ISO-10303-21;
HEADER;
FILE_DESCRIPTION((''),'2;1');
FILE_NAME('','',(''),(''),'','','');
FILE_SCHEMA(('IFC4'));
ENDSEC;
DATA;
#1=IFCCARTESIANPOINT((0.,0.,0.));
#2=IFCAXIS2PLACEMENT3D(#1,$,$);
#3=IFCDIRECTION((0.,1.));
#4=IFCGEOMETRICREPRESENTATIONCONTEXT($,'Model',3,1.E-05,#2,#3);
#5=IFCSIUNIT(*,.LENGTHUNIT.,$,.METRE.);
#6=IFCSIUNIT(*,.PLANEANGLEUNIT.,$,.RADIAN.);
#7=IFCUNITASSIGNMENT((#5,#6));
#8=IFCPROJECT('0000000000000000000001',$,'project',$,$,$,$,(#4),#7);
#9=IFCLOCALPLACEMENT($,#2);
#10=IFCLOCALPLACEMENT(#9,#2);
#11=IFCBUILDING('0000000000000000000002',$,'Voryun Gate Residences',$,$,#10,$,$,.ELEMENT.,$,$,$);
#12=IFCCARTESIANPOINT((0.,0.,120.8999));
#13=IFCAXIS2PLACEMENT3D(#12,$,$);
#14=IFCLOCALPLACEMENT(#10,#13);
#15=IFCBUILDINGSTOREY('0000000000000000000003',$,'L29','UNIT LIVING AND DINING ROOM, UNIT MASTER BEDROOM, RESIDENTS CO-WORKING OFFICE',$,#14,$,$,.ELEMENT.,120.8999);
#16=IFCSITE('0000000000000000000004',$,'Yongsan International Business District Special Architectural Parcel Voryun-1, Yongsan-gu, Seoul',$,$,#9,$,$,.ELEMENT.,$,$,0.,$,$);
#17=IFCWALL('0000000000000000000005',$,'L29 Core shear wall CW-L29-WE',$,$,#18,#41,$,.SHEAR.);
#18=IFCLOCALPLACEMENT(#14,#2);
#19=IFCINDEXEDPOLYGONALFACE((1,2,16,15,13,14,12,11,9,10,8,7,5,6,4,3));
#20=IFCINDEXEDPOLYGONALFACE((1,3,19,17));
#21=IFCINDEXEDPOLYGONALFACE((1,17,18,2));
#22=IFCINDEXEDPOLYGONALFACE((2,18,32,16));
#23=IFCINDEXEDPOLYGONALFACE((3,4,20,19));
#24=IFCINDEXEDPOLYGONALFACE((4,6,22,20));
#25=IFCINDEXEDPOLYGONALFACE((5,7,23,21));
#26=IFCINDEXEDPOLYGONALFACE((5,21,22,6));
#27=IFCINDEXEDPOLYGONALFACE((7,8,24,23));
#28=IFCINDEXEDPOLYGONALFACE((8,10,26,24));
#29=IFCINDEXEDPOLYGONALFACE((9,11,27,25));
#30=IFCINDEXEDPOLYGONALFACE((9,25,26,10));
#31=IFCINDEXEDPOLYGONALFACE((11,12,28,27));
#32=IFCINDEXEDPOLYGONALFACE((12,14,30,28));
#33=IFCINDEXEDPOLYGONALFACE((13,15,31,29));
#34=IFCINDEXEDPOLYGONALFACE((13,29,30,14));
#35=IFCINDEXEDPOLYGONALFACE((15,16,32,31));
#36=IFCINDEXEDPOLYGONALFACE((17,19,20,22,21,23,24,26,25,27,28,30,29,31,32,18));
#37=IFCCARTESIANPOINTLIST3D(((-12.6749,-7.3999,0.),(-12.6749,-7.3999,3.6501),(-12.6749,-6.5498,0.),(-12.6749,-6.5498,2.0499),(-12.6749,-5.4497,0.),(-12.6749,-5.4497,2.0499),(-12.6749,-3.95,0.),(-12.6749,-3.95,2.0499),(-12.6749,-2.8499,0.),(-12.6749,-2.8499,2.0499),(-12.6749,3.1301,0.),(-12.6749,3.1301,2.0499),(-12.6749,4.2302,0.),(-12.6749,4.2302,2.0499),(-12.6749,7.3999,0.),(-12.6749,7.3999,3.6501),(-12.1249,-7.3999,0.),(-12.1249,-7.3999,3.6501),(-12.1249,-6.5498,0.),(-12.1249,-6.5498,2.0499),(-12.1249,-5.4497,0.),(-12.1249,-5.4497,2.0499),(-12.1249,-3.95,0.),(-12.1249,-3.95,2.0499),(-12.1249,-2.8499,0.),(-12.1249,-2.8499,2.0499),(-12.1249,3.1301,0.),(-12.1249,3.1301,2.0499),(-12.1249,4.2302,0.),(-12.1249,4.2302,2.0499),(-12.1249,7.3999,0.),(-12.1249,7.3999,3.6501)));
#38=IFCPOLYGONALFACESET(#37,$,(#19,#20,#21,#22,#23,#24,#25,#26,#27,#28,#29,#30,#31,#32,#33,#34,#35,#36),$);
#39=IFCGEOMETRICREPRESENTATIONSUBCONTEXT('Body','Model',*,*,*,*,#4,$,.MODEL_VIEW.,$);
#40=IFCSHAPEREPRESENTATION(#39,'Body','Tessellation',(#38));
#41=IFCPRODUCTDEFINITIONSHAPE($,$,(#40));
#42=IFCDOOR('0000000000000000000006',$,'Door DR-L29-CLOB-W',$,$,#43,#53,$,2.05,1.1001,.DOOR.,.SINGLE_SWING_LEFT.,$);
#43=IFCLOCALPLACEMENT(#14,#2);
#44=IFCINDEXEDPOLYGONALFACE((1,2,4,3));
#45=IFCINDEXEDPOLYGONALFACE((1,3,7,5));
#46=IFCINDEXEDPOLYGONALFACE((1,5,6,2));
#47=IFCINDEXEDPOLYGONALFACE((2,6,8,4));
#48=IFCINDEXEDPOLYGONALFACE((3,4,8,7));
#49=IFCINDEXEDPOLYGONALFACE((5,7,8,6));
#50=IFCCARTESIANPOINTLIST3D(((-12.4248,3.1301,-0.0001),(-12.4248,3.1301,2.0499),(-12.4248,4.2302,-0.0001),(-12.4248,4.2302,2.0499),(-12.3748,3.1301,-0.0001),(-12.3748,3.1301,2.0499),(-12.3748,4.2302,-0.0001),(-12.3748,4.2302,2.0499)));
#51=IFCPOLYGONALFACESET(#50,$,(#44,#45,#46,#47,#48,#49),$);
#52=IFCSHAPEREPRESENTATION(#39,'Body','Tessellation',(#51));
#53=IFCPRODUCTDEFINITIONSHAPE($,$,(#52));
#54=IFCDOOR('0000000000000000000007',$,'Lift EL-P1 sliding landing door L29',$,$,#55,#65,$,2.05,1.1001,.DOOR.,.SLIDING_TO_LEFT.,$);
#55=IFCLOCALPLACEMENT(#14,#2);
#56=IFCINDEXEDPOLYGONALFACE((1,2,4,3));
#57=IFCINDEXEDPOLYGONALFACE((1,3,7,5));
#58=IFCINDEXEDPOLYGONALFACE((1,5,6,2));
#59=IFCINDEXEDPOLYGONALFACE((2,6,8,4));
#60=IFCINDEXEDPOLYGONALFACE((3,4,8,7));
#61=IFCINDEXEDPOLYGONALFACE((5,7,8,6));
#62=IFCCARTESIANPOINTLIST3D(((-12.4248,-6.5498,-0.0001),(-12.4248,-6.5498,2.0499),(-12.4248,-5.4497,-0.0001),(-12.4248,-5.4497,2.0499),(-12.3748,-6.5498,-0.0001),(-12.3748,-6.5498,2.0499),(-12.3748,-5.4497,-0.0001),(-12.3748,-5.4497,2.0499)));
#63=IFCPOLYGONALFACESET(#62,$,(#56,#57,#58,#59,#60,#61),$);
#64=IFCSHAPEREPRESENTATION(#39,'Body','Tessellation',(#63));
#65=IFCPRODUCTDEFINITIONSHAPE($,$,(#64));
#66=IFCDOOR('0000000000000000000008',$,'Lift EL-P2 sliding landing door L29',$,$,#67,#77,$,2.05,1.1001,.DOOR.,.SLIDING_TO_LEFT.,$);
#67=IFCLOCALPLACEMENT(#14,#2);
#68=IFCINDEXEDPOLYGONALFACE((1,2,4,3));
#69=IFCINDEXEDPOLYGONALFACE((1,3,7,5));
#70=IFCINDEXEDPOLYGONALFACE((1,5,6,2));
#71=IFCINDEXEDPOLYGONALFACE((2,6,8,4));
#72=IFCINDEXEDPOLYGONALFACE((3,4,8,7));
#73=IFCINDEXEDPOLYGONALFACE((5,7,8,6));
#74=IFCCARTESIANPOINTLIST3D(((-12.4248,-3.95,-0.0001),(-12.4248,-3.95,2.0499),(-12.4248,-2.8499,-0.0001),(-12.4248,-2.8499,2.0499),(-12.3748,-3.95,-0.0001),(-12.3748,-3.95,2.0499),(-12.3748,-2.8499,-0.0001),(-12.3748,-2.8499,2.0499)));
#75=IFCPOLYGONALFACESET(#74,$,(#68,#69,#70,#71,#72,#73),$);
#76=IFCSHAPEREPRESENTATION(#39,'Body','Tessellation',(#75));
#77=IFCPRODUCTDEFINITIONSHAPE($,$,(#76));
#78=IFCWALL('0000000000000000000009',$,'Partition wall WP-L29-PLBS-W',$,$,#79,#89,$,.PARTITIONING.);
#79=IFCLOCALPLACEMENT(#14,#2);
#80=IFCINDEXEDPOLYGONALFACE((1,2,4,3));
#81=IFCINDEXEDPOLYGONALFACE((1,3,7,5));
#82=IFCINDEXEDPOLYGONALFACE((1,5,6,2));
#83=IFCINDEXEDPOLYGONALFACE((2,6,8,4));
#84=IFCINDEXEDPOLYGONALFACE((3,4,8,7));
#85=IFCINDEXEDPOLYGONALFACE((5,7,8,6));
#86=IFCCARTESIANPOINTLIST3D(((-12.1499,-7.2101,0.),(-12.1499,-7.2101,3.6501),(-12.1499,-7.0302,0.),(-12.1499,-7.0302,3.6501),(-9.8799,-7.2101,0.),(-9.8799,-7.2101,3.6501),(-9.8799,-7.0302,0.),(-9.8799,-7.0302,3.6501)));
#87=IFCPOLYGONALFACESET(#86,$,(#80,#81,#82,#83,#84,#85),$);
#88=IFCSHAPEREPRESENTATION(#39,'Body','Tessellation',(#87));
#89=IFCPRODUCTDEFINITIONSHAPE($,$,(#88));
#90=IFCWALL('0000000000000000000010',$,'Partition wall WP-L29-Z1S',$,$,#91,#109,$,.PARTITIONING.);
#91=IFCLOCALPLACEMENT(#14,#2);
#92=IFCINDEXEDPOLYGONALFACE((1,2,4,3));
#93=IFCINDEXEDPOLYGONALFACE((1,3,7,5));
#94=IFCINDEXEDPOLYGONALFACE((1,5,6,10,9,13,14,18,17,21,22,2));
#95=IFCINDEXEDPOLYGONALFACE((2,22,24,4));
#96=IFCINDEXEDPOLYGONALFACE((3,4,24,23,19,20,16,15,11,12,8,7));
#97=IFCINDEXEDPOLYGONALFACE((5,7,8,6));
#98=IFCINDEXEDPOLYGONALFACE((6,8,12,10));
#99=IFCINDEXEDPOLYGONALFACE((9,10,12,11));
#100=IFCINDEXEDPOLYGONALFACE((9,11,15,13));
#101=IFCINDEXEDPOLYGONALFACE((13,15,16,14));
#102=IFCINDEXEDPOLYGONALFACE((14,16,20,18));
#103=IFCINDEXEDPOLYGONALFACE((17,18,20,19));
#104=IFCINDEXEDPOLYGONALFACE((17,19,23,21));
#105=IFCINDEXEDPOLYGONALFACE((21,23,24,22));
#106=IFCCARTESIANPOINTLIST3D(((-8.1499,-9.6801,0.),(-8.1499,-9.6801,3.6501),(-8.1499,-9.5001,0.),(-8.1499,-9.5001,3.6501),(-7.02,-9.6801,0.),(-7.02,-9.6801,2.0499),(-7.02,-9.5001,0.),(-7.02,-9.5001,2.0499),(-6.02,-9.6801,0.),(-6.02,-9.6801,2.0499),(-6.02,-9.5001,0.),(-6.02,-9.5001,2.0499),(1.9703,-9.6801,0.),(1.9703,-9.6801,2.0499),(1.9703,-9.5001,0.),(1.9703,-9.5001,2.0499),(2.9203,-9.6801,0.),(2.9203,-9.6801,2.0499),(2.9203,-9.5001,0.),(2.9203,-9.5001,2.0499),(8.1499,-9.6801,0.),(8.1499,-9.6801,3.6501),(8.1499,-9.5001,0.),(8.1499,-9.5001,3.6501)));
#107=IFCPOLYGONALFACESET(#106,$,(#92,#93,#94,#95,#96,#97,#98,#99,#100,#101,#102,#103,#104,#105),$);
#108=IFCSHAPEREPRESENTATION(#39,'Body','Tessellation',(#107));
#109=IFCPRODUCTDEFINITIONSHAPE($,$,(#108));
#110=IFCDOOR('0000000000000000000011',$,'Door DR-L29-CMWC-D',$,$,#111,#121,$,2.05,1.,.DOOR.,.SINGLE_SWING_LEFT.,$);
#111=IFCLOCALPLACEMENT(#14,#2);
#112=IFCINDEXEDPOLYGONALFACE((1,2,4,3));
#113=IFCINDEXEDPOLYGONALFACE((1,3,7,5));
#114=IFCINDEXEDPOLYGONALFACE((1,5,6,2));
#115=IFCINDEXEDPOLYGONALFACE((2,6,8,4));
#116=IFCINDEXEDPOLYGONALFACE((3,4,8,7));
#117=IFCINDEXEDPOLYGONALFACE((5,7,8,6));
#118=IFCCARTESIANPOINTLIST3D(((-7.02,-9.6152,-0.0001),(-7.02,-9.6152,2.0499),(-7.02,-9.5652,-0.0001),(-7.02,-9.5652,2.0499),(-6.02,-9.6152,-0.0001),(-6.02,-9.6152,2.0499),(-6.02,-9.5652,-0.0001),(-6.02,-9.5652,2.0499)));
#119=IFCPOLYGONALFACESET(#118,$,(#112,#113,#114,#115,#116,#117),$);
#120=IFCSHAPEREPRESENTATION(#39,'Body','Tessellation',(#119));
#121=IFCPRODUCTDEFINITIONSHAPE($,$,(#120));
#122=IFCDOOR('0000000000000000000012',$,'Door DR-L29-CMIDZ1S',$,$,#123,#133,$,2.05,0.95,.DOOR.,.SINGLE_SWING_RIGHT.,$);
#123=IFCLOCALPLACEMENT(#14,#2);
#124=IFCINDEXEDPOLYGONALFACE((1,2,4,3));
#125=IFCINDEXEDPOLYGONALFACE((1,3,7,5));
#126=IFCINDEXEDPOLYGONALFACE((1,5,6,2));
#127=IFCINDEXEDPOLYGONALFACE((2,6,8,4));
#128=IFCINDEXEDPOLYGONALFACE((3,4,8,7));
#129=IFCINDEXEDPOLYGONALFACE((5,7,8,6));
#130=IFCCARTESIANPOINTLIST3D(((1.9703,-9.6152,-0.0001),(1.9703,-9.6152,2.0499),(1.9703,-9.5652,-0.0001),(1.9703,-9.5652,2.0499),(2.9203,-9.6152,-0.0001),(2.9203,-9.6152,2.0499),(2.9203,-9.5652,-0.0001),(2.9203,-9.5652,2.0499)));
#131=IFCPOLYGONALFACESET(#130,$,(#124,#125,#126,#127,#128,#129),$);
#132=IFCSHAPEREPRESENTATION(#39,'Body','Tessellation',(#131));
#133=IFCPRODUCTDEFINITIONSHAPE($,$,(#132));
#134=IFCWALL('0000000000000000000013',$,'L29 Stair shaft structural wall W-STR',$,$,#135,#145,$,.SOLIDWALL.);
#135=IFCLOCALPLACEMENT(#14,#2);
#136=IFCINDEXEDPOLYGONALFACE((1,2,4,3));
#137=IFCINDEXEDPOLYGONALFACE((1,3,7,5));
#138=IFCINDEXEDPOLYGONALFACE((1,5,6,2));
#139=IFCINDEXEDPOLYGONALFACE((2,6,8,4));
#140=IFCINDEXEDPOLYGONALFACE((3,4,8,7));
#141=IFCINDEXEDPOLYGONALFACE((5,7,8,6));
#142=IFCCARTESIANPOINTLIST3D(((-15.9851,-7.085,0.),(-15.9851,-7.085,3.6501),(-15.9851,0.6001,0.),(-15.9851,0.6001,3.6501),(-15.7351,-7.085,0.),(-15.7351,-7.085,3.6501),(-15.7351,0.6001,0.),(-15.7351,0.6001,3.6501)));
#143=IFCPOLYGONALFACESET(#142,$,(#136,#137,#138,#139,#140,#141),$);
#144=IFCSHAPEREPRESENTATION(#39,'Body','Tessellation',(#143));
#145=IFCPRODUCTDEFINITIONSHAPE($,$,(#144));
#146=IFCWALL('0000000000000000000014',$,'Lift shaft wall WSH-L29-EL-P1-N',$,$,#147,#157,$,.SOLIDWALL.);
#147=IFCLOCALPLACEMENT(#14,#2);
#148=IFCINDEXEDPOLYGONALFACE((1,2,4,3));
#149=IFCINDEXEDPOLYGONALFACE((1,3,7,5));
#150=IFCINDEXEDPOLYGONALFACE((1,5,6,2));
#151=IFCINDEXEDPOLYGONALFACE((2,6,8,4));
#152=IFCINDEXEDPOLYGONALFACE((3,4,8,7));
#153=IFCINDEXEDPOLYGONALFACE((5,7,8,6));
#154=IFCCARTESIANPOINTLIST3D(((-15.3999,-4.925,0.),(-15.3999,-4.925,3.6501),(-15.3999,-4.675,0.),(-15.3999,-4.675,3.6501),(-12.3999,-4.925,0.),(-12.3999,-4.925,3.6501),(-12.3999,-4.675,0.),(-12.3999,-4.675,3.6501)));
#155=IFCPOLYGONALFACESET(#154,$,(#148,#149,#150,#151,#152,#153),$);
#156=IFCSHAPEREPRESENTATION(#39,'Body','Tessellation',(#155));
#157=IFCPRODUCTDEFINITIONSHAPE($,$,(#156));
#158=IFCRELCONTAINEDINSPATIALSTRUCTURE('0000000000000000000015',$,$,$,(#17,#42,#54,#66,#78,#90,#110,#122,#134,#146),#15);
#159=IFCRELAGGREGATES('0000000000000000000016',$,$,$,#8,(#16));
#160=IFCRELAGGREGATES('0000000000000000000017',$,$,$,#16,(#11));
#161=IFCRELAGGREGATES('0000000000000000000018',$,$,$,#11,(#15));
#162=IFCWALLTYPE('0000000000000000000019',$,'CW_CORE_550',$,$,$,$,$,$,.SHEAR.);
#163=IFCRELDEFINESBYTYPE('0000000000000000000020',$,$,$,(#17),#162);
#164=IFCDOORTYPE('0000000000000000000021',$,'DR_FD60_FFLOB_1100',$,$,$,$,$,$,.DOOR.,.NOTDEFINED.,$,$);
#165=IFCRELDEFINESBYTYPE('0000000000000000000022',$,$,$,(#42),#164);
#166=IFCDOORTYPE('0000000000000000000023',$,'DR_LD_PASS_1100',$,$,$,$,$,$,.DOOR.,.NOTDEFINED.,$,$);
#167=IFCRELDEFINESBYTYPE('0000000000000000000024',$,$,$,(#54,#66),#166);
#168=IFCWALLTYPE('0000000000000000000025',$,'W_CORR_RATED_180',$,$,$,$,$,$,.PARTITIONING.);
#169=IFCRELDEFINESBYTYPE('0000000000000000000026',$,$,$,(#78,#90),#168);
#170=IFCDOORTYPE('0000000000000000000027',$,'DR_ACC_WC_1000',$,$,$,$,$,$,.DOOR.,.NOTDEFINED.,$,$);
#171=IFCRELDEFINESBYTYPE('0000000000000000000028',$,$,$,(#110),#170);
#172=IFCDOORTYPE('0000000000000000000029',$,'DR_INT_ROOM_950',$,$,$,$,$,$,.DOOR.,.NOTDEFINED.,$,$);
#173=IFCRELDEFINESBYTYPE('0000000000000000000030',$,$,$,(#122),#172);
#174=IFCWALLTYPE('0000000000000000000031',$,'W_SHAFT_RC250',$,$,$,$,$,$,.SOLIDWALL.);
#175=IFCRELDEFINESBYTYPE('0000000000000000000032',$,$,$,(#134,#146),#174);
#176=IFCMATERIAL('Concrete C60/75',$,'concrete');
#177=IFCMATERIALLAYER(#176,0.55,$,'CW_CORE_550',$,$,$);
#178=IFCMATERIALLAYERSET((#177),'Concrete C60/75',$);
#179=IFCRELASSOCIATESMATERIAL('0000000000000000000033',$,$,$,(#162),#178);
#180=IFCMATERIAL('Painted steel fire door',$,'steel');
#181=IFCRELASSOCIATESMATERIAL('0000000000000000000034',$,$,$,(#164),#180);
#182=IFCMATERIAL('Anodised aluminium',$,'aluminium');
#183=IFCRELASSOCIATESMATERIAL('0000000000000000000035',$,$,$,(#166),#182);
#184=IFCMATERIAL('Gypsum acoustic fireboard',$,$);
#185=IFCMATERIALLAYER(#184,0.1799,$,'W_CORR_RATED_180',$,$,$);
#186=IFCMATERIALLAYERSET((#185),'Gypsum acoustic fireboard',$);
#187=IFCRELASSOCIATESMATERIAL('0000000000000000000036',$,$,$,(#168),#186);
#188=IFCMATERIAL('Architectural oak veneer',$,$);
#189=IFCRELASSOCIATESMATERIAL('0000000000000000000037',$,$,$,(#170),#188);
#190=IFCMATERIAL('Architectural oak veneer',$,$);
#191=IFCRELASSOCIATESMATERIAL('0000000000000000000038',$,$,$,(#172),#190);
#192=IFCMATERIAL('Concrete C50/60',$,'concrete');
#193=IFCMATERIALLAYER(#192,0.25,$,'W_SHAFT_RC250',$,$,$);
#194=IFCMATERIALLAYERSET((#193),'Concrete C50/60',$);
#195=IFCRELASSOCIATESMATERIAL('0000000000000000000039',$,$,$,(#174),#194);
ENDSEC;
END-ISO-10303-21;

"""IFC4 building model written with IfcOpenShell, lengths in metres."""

from ifc_helpers import new_model, si_unit, direction, frame, frame_2d, origin, place, context, subcontext, project, spatial, rectangle, extrude, material, layer, layer_set, type_object, element, fill, save


model = new_model("IFC4")

# Units and contexts
model_context = context("Model", 3, precision=1e-05, world=origin(), true_north=direction((0.0, 1.0)))
body_context = subcontext(model_context, "Body", "Model", "MODEL_VIEW")
ifc_project = project(units=[si_unit("LENGTHUNIT", "METRE"), si_unit("PLANEANGLEUNIT", "RADIAN")], contexts=[model_context])

# Site, building, storey
site_placement = place(None, origin())
site = spatial("IfcSite", under=ifc_project, at=site_placement, Name="Yongsan International Business District Special Architectural Parcel Voryun-1, Yongsan-gu, Seoul", CompositionType="ELEMENT", RefElevation=0.0)
building_placement = place(site_placement, origin())
building = spatial("IfcBuilding", under=site, at=building_placement, Name="Voryun Gate Residences", CompositionType="ELEMENT")
storey_placement = place(building_placement, frame((0.0, 0.0, 120.8999)))
storey = spatial("IfcBuildingStorey", under=building, at=storey_placement, Name="L29", Description="UNIT LIVING AND DINING ROOM, UNIT MASTER BEDROOM, RESIDENTS CO-WORKING OFFICE", CompositionType="ELEMENT", Elevation=120.8999)

# Wall, openings, doors
ifc_material_1 = material(Name="Concrete C60/75", Category="concrete")
ifc_layer_1 = layer(ifc_material_1, 0.55, Name="CW_CORE_550")
ifc_layer_set_1 = layer_set([ifc_layer_1], Name="Concrete C60/75")
wall_type_1 = type_object("IfcWallType", Name="CW_CORE_550", PredefinedType="SHEAR", material=ifc_layer_set_1)
wall_1_placement = place(storey_placement, frame((-12.3999, -7.3999, 0.0), z_axis=(0.0, 0.0, 1.0), x_axis=(0.0, 1.0, 0.0)))
wall_1 = element("IfcWall", 1, at=wall_1_placement, inside=storey, type_object=wall_type_1, Name="L29 Core shear wall CW-L29-WE", PredefinedType="SHEAR", context=body_context, shape_type="SweptSolid", body=[
    extrude(rectangle(XDim=14.7998, YDim=0.55, at=frame_2d((7.3999, 0.0))), origin(), (0.0, 0.0, 1.0), 3.6501),
])
opening_1_placement = place(wall_1_placement, frame((0.8501, 0.0, 0.0)))
opening_1 = element("IfcOpeningElement", 2, at=opening_1_placement, cuts=wall_1, PredefinedType="OPENING", context=body_context, shape_type="SweptSolid", body=[
    extrude(rectangle(XDim=1.1001, YDim=2.05, at=frame_2d((0.55, 1.0249))), frame((0.0, 0.2849, 0.0), z_axis=(0.0, -1.0, 0.0), x_axis=(1.0, 0.0, 0.0)), (0.0, 0.0, 1.0), 0.5701),
])
opening_2_placement = place(wall_1_placement, frame((3.45, 0.0, 0.0)))
opening_2 = element("IfcOpeningElement", 3, at=opening_2_placement, cuts=wall_1, PredefinedType="OPENING", context=body_context, shape_type="SweptSolid", body=[
    extrude(rectangle(XDim=1.1001, YDim=2.05, at=frame_2d((0.55, 1.0249))), frame((0.0, 0.2849, 0.0), z_axis=(0.0, -1.0, 0.0), x_axis=(1.0, 0.0, 0.0)), (0.0, 0.0, 1.0), 0.5701),
])
opening_3_placement = place(wall_1_placement, frame((10.53, 0.0, 0.0)))
opening_3 = element("IfcOpeningElement", 4, at=opening_3_placement, cuts=wall_1, PredefinedType="OPENING", context=body_context, shape_type="SweptSolid", body=[
    extrude(rectangle(XDim=1.1001, YDim=2.05, at=frame_2d((0.55, 1.0249))), frame((0.0, 0.2849, 0.0), z_axis=(0.0, -1.0, 0.0), x_axis=(1.0, 0.0, 0.0)), (0.0, 0.0, 1.0), 0.5701),
])
ifc_material_2 = material(Name="Painted steel fire door", Category="steel")
door_type_1 = type_object("IfcDoorType", Name="DR_FD60_FFLOB_1100", OperationType="NOTDEFINED", PredefinedType="DOOR", material=ifc_material_2)
door_1_placement = place(opening_3_placement, origin())
door_1 = element("IfcDoor", 5, at=door_1_placement, inside=storey, type_object=door_type_1, Name="Door DR-L29-CLOB-W", OperationType="SINGLE_SWING_LEFT", OverallHeight=2.05, OverallWidth=1.1001, PredefinedType="DOOR", context=body_context, shape_type="SweptSolid", body=[
    extrude(rectangle(XDim=1.1001, YDim=2.05, at=frame_2d((0.55, 1.0249))), frame((0.0, 0.0249, 0.0), z_axis=(0.0, -1.0, 0.0), x_axis=(1.0, 0.0, 0.0)), (0.0, 0.0, 1.0), 0.05),
])
fill(opening_3, door_1)
ifc_material_3 = material(Name="Anodised aluminium", Category="aluminium")
door_type_2 = type_object("IfcDoorType", Name="DR_LD_PASS_1100", OperationType="NOTDEFINED", PredefinedType="DOOR", material=ifc_material_3)
door_2_placement = place(opening_1_placement, origin())
door_2 = element("IfcDoor", 6, at=door_2_placement, inside=storey, type_object=door_type_2, Name="Lift EL-P1 sliding landing door L29", OperationType="SLIDING_TO_LEFT", OverallHeight=2.05, OverallWidth=1.1001, PredefinedType="DOOR", context=body_context, shape_type="SweptSolid", body=[
    extrude(rectangle(XDim=1.1001, YDim=2.05, at=frame_2d((0.55, 1.0249))), frame((0.0, 0.0249, 0.0), z_axis=(0.0, -1.0, 0.0), x_axis=(1.0, 0.0, 0.0)), (0.0, 0.0, 1.0), 0.05),
])
fill(opening_1, door_2)
door_3_placement = place(opening_2_placement, origin())
door_3 = element("IfcDoor", 7, at=door_3_placement, inside=storey, type_object=door_type_2, Name="Lift EL-P2 sliding landing door L29", OperationType="SLIDING_TO_LEFT", OverallHeight=2.05, OverallWidth=1.1001, PredefinedType="DOOR", context=body_context, shape_type="SweptSolid", body=[
    extrude(rectangle(XDim=1.1001, YDim=2.05, at=frame_2d((0.55, 1.0249))), frame((0.0, 0.0249, 0.0), z_axis=(0.0, -1.0, 0.0), x_axis=(1.0, 0.0, 0.0)), (0.0, 0.0, 1.0), 0.05),
])
fill(opening_2, door_3)

# Wall
ifc_material_4 = material(Name="Gypsum acoustic fireboard")
ifc_layer_2 = layer(ifc_material_4, 0.1799, Name="W_CORR_RATED_180")
ifc_layer_set_2 = layer_set([ifc_layer_2], Name="Gypsum acoustic fireboard")
wall_type_2 = type_object("IfcWallType", Name="W_CORR_RATED_180", PredefinedType="PARTITIONING", material=ifc_layer_set_2)
wall_2_placement = place(storey_placement, frame((-12.1499, -7.1201, 0.0), z_axis=(0.0, 0.0, 1.0), x_axis=(1.0, 0.0, 0.0)))
element("IfcWall", 8, at=wall_2_placement, inside=storey, type_object=wall_type_2, Name="Partition wall WP-L29-PLBS-W", PredefinedType="PARTITIONING", context=body_context, shape_type="SweptSolid", body=[
    extrude(rectangle(XDim=2.27, YDim=0.1799, at=frame_2d((1.135, 0.0))), origin(), (0.0, 0.0, 1.0), 3.6501),
])

# Wall, openings, doors
wall_3_placement = place(storey_placement, frame((-8.1499, -9.5901, 0.0), z_axis=(0.0, 0.0, 1.0), x_axis=(1.0, 0.0, 0.0)))
wall_3 = element("IfcWall", 9, at=wall_3_placement, inside=storey, type_object=wall_type_2, Name="Partition wall WP-L29-Z1S", PredefinedType="PARTITIONING", context=body_context, shape_type="SweptSolid", body=[
    extrude(rectangle(XDim=16.2998, YDim=0.1799, at=frame_2d((8.1499, 0.0))), origin(), (0.0, 0.0, 1.0), 3.6501),
])
opening_4_placement = place(wall_3_placement, frame((1.1299, 0.0, 0.0)))
opening_4 = element("IfcOpeningElement", 10, at=opening_4_placement, cuts=wall_3, PredefinedType="OPENING", context=body_context, shape_type="SweptSolid", body=[
    extrude(rectangle(XDim=1.0, YDim=2.05, at=frame_2d((0.5, 1.0249))), frame((0.0, 0.0999, 0.0), z_axis=(0.0, -1.0, 0.0), x_axis=(1.0, 0.0, 0.0)), (0.0, 0.0, 1.0), 0.2),
])
opening_5_placement = place(wall_3_placement, frame((10.1201, 0.0, 0.0)))
opening_5 = element("IfcOpeningElement", 11, at=opening_5_placement, cuts=wall_3, PredefinedType="OPENING", context=body_context, shape_type="SweptSolid", body=[
    extrude(rectangle(XDim=0.95, YDim=2.05, at=frame_2d((0.4751, 1.0249))), frame((0.0, 0.0999, 0.0), z_axis=(0.0, -1.0, 0.0), x_axis=(1.0, 0.0, 0.0)), (0.0, 0.0, 1.0), 0.2),
])
ifc_material_5 = material(Name="Architectural oak veneer")
door_type_3 = type_object("IfcDoorType", Name="DR_ACC_WC_1000", OperationType="NOTDEFINED", PredefinedType="DOOR", material=ifc_material_5)
door_4_placement = place(opening_4_placement, origin())
door_4 = element("IfcDoor", 12, at=door_4_placement, inside=storey, type_object=door_type_3, Name="Door DR-L29-CMWC-D", OperationType="SINGLE_SWING_LEFT", OverallHeight=2.05, OverallWidth=1.0, PredefinedType="DOOR", context=body_context, shape_type="SweptSolid", body=[
    extrude(rectangle(XDim=1.0, YDim=2.05, at=frame_2d((0.5, 1.0249))), frame((0.0, 0.0249, 0.0), z_axis=(0.0, -1.0, 0.0), x_axis=(1.0, 0.0, 0.0)), (0.0, 0.0, 1.0), 0.05),
])
fill(opening_4, door_4)
ifc_material_6 = material(Name="Architectural oak veneer")
door_type_4 = type_object("IfcDoorType", Name="DR_INT_ROOM_950", OperationType="NOTDEFINED", PredefinedType="DOOR", material=ifc_material_6)
door_5_placement = place(opening_5_placement, origin())
door_5 = element("IfcDoor", 13, at=door_5_placement, inside=storey, type_object=door_type_4, Name="Door DR-L29-CMIDZ1S", OperationType="SINGLE_SWING_RIGHT", OverallHeight=2.05, OverallWidth=0.95, PredefinedType="DOOR", context=body_context, shape_type="SweptSolid", body=[
    extrude(rectangle(XDim=0.95, YDim=2.05, at=frame_2d((0.4751, 1.0249))), frame((0.0, 0.0249, 0.0), z_axis=(0.0, -1.0, 0.0), x_axis=(1.0, 0.0, 0.0)), (0.0, 0.0, 1.0), 0.05),
])
fill(opening_5, door_5)

# Walls
ifc_material_7 = material(Name="Concrete C50/60", Category="concrete")
ifc_layer_3 = layer(ifc_material_7, 0.25, Name="W_SHAFT_RC250")
ifc_layer_set_3 = layer_set([ifc_layer_3], Name="Concrete C50/60")
wall_type_3 = type_object("IfcWallType", Name="W_SHAFT_RC250", PredefinedType="SOLIDWALL", material=ifc_layer_set_3)
wall_4_placement = place(storey_placement, frame((-15.8601, -7.085, 0.0), z_axis=(0.0, 0.0, 1.0), x_axis=(0.0, 1.0, 0.0)))
element("IfcWall", 14, at=wall_4_placement, inside=storey, type_object=wall_type_3, Name="L29 Stair shaft structural wall W-STR", PredefinedType="SOLIDWALL", context=body_context, shape_type="SweptSolid", body=[
    extrude(rectangle(XDim=7.6851, YDim=0.25, at=frame_2d((3.8425, 0.0))), origin(), (0.0, 0.0, 1.0), 3.6501),
])
wall_5_placement = place(storey_placement, frame((-12.3999, -4.8, 0.0), z_axis=(0.0, 0.0, 1.0), x_axis=(-1.0, 0.0, 0.0)))
element("IfcWall", 15, at=wall_5_placement, inside=storey, type_object=wall_type_3, Name="Lift shaft wall WSH-L29-EL-P1-N", PredefinedType="SOLIDWALL", context=body_context, shape_type="SweptSolid", body=[
    extrude(rectangle(XDim=3.0, YDim=0.25, at=frame_2d((1.5, 0.0))), origin(), (0.0, 0.0, 1.0), 3.6501),
])

save(model, "model.ifc")
